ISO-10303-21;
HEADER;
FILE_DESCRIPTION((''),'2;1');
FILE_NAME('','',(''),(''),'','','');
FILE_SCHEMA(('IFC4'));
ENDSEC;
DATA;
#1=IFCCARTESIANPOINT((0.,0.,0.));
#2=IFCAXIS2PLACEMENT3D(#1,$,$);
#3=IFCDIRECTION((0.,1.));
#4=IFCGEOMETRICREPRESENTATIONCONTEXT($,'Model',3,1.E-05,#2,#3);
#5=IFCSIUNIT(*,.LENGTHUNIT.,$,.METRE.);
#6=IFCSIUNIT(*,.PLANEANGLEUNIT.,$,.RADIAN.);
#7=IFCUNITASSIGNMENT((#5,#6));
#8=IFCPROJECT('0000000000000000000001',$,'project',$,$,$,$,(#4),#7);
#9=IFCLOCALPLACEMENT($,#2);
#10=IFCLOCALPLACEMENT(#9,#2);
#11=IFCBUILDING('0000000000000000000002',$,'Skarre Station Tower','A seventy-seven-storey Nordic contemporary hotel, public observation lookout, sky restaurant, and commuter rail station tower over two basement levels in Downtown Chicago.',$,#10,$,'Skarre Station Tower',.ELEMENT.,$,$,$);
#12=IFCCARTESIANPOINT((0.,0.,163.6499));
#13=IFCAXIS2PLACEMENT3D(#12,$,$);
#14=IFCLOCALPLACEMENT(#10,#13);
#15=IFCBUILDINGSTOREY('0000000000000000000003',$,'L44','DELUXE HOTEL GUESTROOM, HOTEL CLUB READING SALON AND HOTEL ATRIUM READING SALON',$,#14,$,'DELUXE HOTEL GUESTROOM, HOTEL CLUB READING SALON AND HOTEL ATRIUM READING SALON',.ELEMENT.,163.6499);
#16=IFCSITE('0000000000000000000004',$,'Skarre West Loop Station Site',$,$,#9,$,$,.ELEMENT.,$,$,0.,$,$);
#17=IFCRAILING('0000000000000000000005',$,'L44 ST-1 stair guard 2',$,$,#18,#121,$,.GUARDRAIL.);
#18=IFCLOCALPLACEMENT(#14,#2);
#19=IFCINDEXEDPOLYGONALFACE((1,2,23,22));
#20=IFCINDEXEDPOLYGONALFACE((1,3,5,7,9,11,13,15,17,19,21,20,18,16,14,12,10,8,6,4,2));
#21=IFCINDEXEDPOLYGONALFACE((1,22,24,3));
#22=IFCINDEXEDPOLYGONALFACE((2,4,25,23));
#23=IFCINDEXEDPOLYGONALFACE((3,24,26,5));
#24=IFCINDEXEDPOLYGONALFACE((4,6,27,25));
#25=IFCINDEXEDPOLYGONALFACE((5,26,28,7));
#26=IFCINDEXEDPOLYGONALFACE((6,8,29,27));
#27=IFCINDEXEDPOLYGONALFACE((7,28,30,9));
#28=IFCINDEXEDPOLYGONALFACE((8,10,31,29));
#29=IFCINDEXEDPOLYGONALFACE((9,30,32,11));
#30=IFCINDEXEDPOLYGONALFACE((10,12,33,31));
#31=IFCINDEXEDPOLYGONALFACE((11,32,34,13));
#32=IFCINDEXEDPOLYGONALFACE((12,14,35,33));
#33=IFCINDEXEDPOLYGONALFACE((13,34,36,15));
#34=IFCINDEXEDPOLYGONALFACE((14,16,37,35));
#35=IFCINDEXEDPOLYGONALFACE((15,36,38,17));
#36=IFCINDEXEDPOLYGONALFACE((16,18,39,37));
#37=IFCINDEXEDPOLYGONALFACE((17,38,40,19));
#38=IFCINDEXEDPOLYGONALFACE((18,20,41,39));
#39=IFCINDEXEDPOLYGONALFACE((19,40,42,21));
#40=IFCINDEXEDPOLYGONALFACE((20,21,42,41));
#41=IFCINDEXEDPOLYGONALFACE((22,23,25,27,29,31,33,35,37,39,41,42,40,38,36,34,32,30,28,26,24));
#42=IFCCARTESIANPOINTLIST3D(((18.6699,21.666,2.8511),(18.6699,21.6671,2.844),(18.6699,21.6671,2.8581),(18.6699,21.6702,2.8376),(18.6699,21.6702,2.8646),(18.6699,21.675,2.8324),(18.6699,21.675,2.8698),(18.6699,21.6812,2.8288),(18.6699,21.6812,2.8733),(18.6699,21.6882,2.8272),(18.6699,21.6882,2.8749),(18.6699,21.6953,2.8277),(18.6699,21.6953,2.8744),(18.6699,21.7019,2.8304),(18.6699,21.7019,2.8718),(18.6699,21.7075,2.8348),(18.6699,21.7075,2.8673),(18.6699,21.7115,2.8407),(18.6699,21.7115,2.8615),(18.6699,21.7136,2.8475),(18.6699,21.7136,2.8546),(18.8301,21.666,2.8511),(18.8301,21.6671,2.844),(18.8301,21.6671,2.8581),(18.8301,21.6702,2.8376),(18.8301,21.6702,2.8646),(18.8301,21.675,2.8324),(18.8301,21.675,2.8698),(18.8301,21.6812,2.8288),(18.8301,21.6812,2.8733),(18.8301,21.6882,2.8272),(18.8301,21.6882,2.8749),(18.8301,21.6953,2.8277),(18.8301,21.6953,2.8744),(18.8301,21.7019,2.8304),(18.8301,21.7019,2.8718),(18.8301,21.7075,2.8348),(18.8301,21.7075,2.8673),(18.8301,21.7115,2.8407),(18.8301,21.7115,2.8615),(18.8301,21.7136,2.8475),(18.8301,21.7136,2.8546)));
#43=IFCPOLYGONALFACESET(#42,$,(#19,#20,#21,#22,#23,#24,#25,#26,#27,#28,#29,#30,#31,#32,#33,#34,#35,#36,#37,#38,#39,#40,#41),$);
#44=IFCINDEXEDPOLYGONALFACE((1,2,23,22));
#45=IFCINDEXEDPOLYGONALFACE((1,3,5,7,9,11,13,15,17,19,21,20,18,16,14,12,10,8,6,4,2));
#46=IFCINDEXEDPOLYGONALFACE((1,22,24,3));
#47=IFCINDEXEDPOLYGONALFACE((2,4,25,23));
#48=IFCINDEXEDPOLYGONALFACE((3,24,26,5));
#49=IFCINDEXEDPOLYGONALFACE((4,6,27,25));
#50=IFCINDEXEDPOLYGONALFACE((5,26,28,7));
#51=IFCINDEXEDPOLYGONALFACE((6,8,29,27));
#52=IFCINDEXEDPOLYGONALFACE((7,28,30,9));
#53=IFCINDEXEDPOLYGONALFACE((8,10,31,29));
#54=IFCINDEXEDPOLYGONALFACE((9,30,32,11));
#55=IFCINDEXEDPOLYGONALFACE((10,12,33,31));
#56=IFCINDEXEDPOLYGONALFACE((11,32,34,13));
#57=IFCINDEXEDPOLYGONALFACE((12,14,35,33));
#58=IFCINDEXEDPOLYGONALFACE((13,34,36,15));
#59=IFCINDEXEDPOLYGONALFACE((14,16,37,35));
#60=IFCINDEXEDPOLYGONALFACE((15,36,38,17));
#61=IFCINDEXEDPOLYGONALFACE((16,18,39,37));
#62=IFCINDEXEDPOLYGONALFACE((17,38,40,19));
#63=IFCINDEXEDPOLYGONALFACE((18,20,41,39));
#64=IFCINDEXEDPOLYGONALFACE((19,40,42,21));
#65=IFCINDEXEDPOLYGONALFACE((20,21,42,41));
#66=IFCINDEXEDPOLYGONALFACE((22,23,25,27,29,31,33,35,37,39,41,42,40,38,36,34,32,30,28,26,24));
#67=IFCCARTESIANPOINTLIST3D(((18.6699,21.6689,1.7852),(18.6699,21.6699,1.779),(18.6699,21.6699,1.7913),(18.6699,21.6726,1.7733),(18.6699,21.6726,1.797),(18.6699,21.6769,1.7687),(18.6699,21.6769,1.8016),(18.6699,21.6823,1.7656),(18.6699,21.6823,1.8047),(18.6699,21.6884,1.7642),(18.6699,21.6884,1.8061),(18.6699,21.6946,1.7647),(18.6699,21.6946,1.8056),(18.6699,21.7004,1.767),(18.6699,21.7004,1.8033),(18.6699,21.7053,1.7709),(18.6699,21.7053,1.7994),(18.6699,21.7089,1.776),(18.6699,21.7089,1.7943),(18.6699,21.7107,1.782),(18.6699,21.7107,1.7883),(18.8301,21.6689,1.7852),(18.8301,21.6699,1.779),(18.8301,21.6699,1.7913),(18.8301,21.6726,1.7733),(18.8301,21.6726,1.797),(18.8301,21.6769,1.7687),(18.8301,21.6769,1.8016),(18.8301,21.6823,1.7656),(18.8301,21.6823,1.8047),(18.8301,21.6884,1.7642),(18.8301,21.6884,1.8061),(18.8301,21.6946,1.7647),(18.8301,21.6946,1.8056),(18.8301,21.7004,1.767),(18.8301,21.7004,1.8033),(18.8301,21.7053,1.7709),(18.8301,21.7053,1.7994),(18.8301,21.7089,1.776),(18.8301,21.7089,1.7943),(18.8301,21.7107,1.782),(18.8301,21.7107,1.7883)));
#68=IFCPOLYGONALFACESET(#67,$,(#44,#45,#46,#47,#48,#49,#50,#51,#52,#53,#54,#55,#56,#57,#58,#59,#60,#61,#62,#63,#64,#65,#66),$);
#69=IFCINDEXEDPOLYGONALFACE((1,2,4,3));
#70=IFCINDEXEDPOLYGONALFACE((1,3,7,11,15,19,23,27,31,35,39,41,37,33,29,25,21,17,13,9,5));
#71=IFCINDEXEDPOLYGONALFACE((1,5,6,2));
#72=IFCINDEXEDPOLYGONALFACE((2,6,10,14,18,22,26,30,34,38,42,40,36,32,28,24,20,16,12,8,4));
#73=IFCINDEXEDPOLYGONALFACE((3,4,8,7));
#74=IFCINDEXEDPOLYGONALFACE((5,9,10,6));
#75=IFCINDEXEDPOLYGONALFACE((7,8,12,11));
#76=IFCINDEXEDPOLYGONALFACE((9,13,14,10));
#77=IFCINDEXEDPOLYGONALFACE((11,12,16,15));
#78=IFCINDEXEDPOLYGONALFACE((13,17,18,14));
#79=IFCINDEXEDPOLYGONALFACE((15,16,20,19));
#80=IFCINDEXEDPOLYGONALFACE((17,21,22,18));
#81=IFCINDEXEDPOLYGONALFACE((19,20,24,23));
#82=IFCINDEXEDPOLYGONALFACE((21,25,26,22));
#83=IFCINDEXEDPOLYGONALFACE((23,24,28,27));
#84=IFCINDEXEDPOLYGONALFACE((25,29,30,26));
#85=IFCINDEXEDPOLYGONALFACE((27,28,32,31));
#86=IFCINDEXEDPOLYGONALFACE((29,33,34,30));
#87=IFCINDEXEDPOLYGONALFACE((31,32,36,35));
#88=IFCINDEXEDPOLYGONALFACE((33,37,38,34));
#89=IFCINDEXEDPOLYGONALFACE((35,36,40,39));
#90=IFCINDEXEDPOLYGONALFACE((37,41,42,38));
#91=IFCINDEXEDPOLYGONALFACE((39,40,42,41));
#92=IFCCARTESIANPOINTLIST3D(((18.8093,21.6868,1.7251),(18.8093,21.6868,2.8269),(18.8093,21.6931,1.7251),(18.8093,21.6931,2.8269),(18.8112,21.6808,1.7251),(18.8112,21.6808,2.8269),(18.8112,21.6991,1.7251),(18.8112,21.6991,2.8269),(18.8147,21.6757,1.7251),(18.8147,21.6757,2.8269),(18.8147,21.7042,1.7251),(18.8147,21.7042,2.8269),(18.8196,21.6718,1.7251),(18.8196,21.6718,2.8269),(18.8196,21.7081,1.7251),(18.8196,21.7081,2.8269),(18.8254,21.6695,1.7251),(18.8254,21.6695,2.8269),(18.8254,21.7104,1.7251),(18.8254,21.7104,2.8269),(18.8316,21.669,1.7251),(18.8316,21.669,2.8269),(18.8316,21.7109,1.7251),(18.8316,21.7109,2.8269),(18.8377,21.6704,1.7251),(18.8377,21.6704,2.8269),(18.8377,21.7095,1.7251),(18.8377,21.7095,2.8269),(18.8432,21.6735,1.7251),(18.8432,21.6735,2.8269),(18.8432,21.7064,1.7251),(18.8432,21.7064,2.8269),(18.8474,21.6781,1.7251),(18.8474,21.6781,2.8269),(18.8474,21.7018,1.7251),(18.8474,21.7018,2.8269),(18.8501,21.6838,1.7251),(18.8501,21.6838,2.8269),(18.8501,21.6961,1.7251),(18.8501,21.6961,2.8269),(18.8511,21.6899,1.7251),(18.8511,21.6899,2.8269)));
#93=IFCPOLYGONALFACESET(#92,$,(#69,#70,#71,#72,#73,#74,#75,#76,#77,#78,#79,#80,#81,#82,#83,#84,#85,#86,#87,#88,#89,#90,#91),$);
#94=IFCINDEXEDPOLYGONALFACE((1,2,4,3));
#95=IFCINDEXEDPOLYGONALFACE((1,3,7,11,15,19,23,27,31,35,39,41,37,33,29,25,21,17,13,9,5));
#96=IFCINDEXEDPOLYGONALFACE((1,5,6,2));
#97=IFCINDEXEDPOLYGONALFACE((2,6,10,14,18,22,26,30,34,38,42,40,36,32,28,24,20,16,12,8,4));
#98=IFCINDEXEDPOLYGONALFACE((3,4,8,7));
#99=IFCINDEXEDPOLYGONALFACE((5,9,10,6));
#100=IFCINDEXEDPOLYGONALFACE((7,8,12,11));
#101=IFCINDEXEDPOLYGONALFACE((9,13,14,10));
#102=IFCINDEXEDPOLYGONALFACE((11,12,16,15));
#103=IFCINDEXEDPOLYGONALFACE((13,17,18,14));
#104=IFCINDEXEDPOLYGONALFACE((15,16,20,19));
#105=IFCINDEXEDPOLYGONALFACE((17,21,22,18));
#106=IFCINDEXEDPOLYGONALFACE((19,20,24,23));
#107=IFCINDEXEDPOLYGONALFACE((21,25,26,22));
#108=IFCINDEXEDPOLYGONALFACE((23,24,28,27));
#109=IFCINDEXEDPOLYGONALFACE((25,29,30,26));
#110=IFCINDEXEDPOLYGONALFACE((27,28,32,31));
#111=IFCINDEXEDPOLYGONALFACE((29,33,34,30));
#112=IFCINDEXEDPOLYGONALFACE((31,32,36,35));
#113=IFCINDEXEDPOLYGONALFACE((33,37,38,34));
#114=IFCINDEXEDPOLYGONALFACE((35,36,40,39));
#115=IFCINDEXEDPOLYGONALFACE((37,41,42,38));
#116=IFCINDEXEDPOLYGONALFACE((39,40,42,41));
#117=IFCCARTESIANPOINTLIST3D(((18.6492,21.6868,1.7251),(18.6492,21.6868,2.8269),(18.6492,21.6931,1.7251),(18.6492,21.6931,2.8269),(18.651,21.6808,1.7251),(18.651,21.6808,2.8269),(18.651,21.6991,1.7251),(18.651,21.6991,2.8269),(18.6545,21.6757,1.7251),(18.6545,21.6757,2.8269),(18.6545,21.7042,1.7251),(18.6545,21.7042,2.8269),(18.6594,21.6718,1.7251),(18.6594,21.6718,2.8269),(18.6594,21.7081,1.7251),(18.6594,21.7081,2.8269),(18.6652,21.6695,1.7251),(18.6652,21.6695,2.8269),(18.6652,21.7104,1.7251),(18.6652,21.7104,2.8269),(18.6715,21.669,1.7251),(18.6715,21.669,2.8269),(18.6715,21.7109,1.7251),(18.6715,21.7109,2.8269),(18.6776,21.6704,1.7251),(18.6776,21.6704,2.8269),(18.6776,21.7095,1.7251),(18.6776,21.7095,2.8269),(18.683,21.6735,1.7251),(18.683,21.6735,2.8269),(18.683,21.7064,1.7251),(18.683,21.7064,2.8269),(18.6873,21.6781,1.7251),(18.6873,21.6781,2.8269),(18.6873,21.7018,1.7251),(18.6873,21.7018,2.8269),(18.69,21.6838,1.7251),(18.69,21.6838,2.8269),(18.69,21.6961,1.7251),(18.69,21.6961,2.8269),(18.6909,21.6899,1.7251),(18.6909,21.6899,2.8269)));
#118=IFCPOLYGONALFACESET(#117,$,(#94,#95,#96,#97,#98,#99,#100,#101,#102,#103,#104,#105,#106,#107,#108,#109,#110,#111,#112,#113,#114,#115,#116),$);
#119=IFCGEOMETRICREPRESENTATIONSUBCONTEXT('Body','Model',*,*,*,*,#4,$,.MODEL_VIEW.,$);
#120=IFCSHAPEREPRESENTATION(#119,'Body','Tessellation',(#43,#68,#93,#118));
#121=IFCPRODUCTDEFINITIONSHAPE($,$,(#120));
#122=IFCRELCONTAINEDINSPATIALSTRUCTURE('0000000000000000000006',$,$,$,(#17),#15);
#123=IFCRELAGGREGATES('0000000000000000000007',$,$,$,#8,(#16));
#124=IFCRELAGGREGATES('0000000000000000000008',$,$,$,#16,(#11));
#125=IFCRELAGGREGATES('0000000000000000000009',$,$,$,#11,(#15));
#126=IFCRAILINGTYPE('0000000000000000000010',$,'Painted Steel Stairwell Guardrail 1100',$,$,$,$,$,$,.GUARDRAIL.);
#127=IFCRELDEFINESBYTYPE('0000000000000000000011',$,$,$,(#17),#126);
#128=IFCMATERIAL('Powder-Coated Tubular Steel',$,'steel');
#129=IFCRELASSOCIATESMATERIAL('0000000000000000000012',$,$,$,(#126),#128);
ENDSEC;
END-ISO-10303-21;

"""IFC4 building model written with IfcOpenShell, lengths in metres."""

from ifc_helpers import new_model, si_unit, direction, frame, origin, origin_2d, place, context, subcontext, project, spatial, circle, extrude, material, type_object, element, save


model = new_model("IFC4")

# Units and contexts
model_context = context("Model", 3, precision=1e-05, world=origin(), true_north=direction((0.0, 1.0)))
body_context = subcontext(model_context, "Body", "Model", "MODEL_VIEW")
ifc_project = project(units=[si_unit("LENGTHUNIT", "METRE"), si_unit("PLANEANGLEUNIT", "RADIAN")], contexts=[model_context])

# Site, building, storey
site_placement = place(None, origin())
site = spatial("IfcSite", under=ifc_project, at=site_placement, Name="Skarre West Loop Station Site", CompositionType="ELEMENT", RefElevation=0.0)
building_placement = place(site_placement, origin())
building = spatial("IfcBuilding", under=site, at=building_placement, Name="Skarre Station Tower", Description="A seventy-seven-storey Nordic contemporary hotel, public observation lookout, sky restaurant, and commuter rail station tower over two basement levels in Downtown Chicago.", LongName="Skarre Station Tower", CompositionType="ELEMENT")
storey_placement = place(building_placement, frame((0.0, 0.0, 163.6499)))
storey = spatial("IfcBuildingStorey", under=building, at=storey_placement, Name="L44", Description="DELUXE HOTEL GUESTROOM, HOTEL CLUB READING SALON AND HOTEL ATRIUM READING SALON", LongName="DELUXE HOTEL GUESTROOM, HOTEL CLUB READING SALON AND HOTEL ATRIUM READING SALON", CompositionType="ELEMENT", Elevation=163.6499)

# Railing
ifc_material_1 = material(Name="Powder-Coated Tubular Steel", Category="steel")
railing_type_1 = type_object("IfcRailingType", Name="Painted Steel Stairwell Guardrail 1100", PredefinedType="GUARDRAIL", material=ifc_material_1)
railing_1_placement = place(storey_placement, frame((18.8301, 21.6899, 1.7251)))
element("IfcRailing", 1, at=railing_1_placement, inside=storey, type_object=railing_type_1, Name="L44 ST-1 stair guard 2", PredefinedType="GUARDRAIL", context=body_context, shape_type="SweptSolid", body=[
    extrude(circle(Radius=0.0239, at=origin_2d()), frame((0.0, 0.0, 1.126), z_axis=(-1.0, 0.0, 0.0), x_axis=(0.0, -1.0, 0.0)), (0.0, 0.0, 1.0), 0.1602),
    extrude(circle(Radius=0.021, at=origin_2d()), frame((0.0, 0.0, 0.0601), z_axis=(-1.0, 0.0, 0.0), x_axis=(0.0, -1.0, 0.0)), (0.0, 0.0, 1.0), 0.1602),
    extrude(circle(Radius=0.021, at=origin_2d()), origin(), (0.0, 0.0, 1.0), 1.1018),
    extrude(circle(Radius=0.021, at=origin_2d()), frame((-0.1602, 0.0, 0.0)), (0.0, 0.0, 1.0), 1.1018),
])

save(model, "model.ifc")
